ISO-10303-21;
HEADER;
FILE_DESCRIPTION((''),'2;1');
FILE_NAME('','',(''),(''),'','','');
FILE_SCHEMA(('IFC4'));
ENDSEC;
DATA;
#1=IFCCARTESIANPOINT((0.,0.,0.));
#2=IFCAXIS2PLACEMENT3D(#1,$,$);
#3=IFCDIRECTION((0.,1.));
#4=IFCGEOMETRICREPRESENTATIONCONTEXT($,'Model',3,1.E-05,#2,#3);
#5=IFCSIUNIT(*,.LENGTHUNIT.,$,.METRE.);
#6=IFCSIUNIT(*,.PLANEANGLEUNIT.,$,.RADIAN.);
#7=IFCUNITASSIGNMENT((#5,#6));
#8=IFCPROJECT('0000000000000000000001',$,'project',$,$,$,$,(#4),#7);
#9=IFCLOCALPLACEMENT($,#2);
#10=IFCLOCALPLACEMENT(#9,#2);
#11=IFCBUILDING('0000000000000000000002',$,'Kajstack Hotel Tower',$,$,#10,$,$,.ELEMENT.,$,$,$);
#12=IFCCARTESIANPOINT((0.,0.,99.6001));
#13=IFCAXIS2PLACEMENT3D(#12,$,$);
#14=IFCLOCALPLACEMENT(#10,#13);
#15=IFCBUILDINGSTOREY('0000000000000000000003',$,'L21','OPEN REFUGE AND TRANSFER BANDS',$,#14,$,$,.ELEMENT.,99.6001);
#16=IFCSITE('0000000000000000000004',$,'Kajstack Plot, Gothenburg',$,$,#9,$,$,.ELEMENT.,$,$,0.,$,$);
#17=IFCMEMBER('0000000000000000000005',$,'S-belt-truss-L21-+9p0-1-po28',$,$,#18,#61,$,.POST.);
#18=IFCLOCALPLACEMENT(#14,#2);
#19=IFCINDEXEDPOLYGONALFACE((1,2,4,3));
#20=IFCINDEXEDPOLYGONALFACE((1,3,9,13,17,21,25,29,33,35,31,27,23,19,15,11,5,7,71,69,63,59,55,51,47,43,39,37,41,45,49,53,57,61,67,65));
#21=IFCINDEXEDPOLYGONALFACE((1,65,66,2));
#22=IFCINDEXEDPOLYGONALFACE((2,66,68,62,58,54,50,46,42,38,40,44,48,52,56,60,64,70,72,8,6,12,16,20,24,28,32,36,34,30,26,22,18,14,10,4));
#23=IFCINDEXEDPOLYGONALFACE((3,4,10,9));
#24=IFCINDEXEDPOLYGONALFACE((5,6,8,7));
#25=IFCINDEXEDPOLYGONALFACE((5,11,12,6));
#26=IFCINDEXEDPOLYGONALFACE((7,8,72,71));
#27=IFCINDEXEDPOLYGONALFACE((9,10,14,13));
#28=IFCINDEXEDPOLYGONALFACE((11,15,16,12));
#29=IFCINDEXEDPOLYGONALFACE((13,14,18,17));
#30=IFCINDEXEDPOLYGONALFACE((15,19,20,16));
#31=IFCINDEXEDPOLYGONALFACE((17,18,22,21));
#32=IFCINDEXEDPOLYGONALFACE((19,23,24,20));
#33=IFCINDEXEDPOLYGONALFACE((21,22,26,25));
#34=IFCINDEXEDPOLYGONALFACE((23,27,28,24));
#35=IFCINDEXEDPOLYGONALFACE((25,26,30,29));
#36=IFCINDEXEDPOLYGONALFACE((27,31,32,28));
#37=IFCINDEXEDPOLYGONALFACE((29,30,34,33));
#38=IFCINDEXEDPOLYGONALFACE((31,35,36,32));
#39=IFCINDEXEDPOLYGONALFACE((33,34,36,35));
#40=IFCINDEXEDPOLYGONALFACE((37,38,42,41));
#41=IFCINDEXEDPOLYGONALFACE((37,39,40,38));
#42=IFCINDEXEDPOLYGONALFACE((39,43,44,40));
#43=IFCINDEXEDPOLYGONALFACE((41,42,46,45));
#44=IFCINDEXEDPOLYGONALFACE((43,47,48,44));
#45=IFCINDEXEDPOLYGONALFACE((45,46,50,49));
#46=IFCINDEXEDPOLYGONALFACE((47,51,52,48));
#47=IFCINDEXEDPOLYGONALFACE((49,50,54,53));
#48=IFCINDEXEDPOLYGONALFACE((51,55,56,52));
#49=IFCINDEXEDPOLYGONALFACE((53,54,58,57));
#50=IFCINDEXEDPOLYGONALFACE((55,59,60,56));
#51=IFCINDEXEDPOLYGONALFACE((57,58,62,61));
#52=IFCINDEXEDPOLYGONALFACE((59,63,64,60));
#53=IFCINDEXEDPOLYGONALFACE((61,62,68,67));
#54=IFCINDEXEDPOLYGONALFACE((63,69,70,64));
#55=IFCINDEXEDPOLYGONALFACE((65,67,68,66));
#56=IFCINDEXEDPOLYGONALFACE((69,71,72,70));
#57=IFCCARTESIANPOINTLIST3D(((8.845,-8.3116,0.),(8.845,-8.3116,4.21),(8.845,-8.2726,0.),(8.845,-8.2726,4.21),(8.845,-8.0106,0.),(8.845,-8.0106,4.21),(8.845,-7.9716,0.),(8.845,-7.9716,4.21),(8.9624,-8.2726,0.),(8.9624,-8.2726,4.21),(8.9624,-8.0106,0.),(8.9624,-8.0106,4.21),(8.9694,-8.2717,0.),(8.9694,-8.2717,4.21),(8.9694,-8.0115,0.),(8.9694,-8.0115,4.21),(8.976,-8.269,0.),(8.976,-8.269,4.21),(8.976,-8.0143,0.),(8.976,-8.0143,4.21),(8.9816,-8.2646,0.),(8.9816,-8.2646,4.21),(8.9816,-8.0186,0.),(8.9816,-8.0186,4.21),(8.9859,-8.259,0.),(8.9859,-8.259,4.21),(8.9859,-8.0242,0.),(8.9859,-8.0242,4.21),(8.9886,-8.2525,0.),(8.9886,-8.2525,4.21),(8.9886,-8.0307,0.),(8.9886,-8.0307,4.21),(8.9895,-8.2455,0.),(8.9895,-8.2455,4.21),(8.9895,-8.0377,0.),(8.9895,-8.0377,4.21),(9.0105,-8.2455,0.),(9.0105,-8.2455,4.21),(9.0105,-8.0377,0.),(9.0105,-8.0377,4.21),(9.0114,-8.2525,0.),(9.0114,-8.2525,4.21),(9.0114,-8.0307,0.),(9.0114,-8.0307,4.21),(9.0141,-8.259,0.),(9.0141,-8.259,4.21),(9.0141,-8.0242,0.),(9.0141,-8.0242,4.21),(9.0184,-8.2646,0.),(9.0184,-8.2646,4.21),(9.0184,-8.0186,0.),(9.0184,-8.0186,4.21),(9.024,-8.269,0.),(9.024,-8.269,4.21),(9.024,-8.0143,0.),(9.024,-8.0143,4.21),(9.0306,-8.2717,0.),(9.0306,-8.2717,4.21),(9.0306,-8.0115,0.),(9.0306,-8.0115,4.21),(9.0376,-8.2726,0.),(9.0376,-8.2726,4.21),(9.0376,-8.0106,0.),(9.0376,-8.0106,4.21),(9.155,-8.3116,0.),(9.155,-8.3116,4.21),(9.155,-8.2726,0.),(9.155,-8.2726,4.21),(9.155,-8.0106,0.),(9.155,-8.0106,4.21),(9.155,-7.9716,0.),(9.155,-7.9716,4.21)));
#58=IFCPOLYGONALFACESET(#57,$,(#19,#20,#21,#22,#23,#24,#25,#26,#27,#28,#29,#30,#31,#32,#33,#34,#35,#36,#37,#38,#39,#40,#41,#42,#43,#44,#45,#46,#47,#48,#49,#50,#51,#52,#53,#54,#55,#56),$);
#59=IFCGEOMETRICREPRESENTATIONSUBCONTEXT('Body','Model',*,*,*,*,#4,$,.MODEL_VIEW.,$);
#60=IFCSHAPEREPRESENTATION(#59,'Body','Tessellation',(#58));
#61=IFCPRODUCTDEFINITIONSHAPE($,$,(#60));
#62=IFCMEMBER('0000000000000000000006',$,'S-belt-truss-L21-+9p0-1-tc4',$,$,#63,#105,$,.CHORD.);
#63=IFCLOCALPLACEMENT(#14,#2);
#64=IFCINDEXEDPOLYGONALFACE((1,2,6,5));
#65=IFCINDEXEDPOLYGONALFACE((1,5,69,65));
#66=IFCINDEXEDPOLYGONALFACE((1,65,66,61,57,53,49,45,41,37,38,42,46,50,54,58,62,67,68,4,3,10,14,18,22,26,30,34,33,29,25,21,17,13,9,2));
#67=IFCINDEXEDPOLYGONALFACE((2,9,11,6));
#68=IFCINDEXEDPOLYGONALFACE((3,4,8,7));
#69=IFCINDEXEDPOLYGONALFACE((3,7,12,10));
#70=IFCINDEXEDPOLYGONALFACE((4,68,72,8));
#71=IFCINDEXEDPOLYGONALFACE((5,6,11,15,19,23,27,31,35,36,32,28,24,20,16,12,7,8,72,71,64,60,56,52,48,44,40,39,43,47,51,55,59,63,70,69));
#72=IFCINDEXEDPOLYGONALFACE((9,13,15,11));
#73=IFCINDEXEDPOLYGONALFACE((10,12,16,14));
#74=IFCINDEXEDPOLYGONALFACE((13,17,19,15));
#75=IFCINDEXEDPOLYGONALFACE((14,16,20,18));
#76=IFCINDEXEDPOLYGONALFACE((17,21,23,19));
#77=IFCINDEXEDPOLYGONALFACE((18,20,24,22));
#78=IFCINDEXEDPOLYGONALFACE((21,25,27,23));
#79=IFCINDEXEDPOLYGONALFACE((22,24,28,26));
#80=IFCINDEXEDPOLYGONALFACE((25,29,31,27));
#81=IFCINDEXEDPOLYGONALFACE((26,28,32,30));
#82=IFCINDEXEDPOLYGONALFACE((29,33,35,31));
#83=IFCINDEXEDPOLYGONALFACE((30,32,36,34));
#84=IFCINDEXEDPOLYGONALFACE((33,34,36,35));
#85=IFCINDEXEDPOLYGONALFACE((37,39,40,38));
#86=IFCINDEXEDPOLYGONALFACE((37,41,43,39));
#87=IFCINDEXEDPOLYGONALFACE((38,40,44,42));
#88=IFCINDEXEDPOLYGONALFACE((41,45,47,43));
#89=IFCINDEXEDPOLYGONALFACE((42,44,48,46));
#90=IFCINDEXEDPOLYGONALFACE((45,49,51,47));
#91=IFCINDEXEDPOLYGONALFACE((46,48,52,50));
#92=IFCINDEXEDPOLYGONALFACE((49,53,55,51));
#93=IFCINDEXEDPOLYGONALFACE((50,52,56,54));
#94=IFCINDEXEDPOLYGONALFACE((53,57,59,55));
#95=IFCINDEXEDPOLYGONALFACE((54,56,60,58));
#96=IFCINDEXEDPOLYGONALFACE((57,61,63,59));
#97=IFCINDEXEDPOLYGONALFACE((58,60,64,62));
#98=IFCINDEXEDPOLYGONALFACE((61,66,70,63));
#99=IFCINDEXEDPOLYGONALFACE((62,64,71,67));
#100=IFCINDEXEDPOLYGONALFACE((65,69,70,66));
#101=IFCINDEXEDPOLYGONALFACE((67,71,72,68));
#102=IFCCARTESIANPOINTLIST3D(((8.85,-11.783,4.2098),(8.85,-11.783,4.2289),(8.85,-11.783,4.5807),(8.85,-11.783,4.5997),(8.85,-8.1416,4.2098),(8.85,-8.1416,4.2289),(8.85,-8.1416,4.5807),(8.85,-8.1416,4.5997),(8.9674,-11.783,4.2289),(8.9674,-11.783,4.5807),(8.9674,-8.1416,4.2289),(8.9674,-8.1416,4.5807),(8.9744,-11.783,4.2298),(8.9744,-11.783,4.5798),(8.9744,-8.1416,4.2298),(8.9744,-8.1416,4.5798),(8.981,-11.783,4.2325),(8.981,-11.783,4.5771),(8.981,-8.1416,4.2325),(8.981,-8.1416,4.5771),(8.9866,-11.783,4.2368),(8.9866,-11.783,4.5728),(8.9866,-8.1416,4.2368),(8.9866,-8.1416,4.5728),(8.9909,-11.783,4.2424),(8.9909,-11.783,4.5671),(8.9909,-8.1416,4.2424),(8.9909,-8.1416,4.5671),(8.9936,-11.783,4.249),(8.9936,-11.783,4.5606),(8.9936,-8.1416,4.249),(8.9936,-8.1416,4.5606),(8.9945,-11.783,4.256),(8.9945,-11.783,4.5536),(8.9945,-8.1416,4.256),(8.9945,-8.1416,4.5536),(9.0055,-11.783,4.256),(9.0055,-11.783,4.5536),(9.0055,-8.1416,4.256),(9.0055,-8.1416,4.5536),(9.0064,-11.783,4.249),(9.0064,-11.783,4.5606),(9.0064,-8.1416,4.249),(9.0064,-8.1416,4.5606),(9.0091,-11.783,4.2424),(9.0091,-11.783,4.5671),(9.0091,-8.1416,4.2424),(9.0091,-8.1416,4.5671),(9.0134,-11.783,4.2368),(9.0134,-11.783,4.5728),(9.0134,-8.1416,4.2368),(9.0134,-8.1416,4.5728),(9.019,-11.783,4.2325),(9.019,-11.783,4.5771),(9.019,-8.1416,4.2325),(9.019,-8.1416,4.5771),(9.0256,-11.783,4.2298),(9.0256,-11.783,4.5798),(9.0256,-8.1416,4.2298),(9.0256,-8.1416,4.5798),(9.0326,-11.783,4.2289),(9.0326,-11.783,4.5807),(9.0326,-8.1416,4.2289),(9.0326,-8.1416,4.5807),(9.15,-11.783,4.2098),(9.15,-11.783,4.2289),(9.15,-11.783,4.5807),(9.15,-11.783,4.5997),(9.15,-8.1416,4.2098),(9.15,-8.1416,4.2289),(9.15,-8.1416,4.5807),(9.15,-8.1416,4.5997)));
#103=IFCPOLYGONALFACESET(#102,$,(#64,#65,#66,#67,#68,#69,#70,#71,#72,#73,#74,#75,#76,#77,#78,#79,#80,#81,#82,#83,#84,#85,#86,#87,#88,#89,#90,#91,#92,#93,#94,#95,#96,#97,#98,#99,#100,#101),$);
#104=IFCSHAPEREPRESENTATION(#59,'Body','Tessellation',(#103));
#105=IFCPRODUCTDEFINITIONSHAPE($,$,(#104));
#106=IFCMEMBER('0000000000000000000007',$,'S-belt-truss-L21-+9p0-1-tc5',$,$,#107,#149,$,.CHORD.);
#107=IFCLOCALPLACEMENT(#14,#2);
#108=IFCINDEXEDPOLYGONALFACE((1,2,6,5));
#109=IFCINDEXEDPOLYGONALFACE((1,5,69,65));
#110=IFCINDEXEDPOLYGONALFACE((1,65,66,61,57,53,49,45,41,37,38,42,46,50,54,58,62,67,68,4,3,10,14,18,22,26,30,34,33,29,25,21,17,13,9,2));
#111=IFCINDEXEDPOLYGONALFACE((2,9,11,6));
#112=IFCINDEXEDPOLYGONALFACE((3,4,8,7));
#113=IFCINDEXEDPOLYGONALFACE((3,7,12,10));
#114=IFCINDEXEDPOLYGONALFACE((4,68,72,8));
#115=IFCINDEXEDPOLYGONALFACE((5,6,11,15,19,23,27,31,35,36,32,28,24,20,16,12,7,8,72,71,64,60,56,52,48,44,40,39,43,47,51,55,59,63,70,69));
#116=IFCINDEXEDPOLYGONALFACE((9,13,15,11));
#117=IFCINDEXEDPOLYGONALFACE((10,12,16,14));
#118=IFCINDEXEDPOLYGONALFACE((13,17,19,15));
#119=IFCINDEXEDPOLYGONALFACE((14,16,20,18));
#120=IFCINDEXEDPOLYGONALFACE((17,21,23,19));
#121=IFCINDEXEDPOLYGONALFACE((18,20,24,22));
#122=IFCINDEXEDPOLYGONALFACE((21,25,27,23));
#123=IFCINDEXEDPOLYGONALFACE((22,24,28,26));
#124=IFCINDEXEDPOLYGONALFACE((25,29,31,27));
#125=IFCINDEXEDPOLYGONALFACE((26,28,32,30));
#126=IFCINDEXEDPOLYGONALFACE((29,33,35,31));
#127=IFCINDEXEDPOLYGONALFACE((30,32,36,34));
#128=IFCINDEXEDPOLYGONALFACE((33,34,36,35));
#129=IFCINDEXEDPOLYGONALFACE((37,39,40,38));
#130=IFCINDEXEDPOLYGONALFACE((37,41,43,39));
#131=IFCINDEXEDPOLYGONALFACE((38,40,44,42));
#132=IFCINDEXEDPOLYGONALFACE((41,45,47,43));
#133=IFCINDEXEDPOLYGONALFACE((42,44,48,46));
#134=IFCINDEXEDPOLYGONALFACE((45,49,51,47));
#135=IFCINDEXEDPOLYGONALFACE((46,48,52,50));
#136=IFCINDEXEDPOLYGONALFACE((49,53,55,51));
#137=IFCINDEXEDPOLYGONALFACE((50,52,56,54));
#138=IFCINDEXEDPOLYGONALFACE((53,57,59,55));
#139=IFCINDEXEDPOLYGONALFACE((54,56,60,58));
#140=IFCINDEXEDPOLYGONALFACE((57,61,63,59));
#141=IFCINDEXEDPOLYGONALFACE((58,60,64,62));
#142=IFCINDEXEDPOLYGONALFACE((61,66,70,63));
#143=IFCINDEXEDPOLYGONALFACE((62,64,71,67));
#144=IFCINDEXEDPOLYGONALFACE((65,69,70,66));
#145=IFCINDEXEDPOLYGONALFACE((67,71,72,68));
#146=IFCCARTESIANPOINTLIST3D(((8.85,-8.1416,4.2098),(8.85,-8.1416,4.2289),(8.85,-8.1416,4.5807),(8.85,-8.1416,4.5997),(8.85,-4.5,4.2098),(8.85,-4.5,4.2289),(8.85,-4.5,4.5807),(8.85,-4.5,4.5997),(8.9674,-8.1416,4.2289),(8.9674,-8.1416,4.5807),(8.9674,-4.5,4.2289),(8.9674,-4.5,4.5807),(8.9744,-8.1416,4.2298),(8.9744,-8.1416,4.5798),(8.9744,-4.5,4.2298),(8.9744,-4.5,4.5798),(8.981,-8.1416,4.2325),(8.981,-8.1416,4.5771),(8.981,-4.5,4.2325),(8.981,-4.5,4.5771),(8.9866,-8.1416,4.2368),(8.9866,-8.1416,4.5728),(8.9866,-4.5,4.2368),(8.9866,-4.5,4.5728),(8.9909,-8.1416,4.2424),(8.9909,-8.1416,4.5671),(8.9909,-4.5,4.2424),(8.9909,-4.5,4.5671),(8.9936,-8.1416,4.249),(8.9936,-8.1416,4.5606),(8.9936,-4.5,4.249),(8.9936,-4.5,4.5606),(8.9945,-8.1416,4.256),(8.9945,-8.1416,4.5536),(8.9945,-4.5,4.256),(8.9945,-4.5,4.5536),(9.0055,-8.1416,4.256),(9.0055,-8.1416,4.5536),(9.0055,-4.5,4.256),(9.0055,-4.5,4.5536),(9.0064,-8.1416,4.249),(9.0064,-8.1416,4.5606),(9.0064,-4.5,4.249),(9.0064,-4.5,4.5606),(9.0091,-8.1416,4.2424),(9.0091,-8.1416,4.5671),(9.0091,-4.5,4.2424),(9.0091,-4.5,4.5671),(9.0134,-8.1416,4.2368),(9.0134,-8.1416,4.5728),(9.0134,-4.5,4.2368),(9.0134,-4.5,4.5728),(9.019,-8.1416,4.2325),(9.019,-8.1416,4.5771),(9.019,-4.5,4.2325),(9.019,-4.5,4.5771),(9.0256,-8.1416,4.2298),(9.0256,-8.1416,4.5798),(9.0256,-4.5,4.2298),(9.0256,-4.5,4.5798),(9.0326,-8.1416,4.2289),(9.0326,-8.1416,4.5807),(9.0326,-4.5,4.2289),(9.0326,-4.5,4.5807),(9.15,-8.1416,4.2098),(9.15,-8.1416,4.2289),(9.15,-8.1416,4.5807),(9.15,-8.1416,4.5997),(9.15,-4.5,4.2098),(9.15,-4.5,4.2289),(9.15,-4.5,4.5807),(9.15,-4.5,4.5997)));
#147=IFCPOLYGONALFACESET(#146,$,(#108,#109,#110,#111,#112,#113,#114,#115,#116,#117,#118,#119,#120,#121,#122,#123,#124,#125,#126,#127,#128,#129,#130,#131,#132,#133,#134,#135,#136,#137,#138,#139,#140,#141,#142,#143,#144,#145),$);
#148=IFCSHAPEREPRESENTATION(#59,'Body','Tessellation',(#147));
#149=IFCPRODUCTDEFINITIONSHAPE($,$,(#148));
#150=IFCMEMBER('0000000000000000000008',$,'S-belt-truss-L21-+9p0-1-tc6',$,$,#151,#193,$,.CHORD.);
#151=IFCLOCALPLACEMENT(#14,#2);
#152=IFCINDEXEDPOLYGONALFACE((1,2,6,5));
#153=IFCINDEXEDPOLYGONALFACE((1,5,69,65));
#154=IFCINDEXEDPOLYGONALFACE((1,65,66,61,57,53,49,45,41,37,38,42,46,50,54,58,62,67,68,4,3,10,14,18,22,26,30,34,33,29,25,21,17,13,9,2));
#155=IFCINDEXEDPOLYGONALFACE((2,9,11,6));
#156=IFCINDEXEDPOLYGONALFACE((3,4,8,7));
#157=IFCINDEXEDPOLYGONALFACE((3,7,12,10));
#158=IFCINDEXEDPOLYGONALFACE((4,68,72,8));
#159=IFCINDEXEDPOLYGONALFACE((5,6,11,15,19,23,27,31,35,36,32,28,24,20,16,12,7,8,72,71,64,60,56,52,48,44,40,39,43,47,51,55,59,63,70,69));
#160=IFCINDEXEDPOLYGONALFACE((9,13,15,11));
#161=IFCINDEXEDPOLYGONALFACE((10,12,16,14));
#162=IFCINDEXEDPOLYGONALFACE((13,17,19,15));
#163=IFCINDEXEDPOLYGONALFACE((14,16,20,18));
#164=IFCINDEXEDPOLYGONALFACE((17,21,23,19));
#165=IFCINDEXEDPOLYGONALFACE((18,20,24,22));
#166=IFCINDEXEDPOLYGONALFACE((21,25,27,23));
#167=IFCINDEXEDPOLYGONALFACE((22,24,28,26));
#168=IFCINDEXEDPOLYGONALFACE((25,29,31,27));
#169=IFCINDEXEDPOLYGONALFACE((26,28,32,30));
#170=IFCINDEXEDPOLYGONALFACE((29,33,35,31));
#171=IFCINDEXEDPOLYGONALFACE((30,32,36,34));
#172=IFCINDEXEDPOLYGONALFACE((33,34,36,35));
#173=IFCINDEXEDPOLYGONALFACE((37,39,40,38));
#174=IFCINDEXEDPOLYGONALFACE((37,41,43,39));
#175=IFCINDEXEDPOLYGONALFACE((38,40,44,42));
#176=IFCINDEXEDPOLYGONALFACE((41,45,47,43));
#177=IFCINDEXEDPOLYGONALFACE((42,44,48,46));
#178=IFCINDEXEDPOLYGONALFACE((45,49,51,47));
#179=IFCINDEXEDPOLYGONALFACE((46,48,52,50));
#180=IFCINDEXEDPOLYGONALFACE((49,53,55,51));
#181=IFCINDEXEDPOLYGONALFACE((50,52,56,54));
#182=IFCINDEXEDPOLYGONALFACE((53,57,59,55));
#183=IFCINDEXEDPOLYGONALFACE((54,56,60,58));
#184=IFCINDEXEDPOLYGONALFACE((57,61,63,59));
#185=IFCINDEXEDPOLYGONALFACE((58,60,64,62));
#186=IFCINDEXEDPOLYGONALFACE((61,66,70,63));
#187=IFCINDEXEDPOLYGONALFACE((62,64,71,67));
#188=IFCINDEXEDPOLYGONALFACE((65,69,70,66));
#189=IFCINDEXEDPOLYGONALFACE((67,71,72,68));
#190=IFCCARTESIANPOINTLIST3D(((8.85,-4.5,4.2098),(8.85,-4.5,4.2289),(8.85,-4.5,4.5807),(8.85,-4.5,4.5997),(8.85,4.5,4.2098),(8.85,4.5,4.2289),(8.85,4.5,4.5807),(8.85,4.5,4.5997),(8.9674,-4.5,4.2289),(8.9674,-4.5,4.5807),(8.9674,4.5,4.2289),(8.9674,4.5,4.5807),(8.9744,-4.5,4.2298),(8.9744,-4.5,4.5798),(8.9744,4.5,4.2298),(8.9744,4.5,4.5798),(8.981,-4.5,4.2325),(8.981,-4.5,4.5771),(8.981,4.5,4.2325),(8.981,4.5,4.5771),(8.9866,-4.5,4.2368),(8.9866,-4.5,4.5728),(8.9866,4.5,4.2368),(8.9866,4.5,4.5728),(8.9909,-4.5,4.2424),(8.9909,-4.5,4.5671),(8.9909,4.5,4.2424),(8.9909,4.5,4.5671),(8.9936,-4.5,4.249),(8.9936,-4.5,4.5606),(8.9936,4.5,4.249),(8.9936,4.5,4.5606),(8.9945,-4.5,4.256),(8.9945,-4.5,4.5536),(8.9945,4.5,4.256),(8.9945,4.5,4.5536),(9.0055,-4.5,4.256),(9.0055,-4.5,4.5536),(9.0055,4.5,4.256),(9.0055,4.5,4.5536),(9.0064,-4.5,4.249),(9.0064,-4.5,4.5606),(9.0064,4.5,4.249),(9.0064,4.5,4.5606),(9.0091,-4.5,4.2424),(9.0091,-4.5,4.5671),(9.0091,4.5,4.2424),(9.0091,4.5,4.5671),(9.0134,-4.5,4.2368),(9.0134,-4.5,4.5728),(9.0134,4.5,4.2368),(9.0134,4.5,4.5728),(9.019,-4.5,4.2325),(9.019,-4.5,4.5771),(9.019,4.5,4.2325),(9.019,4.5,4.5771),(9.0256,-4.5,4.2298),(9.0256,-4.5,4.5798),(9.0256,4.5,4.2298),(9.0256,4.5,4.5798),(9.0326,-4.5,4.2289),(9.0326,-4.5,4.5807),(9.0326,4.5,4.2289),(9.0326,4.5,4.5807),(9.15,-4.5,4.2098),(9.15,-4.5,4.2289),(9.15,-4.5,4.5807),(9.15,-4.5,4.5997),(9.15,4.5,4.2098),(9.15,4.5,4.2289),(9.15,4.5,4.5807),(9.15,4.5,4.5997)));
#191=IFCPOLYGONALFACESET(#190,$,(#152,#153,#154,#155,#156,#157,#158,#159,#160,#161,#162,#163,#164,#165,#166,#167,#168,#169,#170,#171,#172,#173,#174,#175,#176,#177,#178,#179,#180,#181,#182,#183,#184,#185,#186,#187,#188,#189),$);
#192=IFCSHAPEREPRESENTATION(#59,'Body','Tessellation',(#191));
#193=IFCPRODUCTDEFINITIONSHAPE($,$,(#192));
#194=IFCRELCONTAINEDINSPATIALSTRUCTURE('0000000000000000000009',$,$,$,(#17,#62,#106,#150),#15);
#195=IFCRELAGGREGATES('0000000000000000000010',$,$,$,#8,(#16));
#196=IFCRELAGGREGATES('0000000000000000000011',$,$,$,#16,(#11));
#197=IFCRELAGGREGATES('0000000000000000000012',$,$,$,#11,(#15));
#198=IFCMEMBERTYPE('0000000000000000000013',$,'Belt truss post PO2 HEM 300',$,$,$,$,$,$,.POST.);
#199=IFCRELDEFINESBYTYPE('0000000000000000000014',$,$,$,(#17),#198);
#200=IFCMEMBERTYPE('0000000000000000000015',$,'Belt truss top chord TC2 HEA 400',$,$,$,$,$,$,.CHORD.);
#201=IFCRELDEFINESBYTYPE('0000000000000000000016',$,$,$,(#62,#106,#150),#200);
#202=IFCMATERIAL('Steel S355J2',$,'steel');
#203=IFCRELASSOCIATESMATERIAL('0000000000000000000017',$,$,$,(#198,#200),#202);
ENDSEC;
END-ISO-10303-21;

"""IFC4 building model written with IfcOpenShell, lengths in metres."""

from ifc_helpers import new_model, si_unit, direction, frame, origin, origin_2d, place, context, subcontext, project, spatial, i_section, extrude, material, material_profile, profile_set, type_object, element, save


model = new_model("IFC4")

# Units and contexts
model_context = context("Model", 3, precision=1e-05, world=origin(), true_north=direction((0.0, 1.0)))
body_context = subcontext(model_context, "Body", "Model", "MODEL_VIEW")
ifc_project = project(units=[si_unit("LENGTHUNIT", "METRE"), si_unit("PLANEANGLEUNIT", "RADIAN")], contexts=[model_context])

# Site, building, storey
site_placement = place(None, origin())
site = spatial("IfcSite", under=ifc_project, at=site_placement, Name="Kajstack Plot, Gothenburg", CompositionType="ELEMENT", RefElevation=0.0)
building_placement = place(site_placement, origin())
building = spatial("IfcBuilding", under=site, at=building_placement, Name="Kajstack Hotel Tower", CompositionType="ELEMENT")
storey_placement = place(building_placement, frame((0.0, 0.0, 99.6001)))
storey = spatial("IfcBuildingStorey", under=building, at=storey_placement, Name="L21", Description="OPEN REFUGE AND TRANSFER BANDS", CompositionType="ELEMENT", Elevation=99.6001)

# Members
ifc_material = material(Name="Steel S355J2", Category="steel")
ifc_material_profile_1 = material_profile(ifc_material, i_section(OverallWidth=0.3101, OverallDepth=0.3401, WebThickness=0.021, FlangeThickness=0.0391, FilletRadius=0.0271, at=origin_2d()), Name="HEM 300")
ifc_profile_set_1 = profile_set([ifc_material_profile_1], Name="Steel S355J2")
member_type_1 = type_object("IfcMemberType", Name="Belt truss post PO2 HEM 300", PredefinedType="POST", material=ifc_profile_set_1)
for number, where, z_axis, x_axis, name in (
    (1, (9.0, -8.1416, 0.0), (0.0, 0.0, 1.0), (1.0, 0.0, 0.0), "S-belt-truss-L21-+9p0-1-po28"),
):
    element("IfcMember", number, at=place(storey_placement, frame(where, z_axis=z_axis, x_axis=x_axis)), inside=storey, type_object=member_type_1, Name=name, PredefinedType="POST", context=body_context, shape_type="SweptSolid", body=[
        extrude(i_section(OverallWidth=0.3101, OverallDepth=0.3401, WebThickness=0.021, FlangeThickness=0.0391, FilletRadius=0.0271, at=origin_2d()), origin(), (0.0, 0.0, 1.0), 4.21),
    ])
ifc_material_profile_2 = material_profile(ifc_material, i_section(OverallWidth=0.3, OverallDepth=0.3899, WebThickness=0.011, FlangeThickness=0.019, FilletRadius=0.0271, at=origin_2d()), Name="HEA 400")
ifc_profile_set_2 = profile_set([ifc_material_profile_2], Name="Steel S355J2")
member_type_2 = type_object("IfcMemberType", Name="Belt truss top chord TC2 HEA 400", PredefinedType="CHORD", material=ifc_profile_set_2)
member_1_placement = place(storey_placement, frame((9.0, -11.783, 4.4048), z_axis=(0.0, 1.0, 0.0), x_axis=(-1.0, 0.0, 0.0)))
element("IfcMember", 2, at=member_1_placement, inside=storey, type_object=member_type_2, Name="S-belt-truss-L21-+9p0-1-tc4", PredefinedType="CHORD", context=body_context, shape_type="SweptSolid", body=[
    extrude(i_section(OverallWidth=0.3, OverallDepth=0.3899, WebThickness=0.011, FlangeThickness=0.019, FilletRadius=0.0271, at=origin_2d()), origin(), (0.0, 0.0, 1.0), 3.6414),
])
member_2_placement = place(storey_placement, frame((9.0, -8.1416, 4.4048), z_axis=(0.0, 1.0, 0.0), x_axis=(-1.0, 0.0, 0.0)))
element("IfcMember", 3, at=member_2_placement, inside=storey, type_object=member_type_2, Name="S-belt-truss-L21-+9p0-1-tc5", PredefinedType="CHORD", context=body_context, shape_type="SweptSolid", body=[
    extrude(i_section(OverallWidth=0.3, OverallDepth=0.3899, WebThickness=0.011, FlangeThickness=0.019, FilletRadius=0.0271, at=origin_2d()), origin(), (0.0, 0.0, 1.0), 3.6416),
])
member_3_placement = place(storey_placement, frame((9.0, -4.5, 4.4048), z_axis=(0.0, 1.0, 0.0), x_axis=(-1.0, 0.0, 0.0)))
element("IfcMember", 4, at=member_3_placement, inside=storey, type_object=member_type_2, Name="S-belt-truss-L21-+9p0-1-tc6", PredefinedType="CHORD", context=body_context, shape_type="SweptSolid", body=[
    extrude(i_section(OverallWidth=0.3, OverallDepth=0.3899, WebThickness=0.011, FlangeThickness=0.019, FilletRadius=0.0271, at=origin_2d()), origin(), (0.0, 0.0, 1.0), 9.0),
])

save(model, "model.ifc")
